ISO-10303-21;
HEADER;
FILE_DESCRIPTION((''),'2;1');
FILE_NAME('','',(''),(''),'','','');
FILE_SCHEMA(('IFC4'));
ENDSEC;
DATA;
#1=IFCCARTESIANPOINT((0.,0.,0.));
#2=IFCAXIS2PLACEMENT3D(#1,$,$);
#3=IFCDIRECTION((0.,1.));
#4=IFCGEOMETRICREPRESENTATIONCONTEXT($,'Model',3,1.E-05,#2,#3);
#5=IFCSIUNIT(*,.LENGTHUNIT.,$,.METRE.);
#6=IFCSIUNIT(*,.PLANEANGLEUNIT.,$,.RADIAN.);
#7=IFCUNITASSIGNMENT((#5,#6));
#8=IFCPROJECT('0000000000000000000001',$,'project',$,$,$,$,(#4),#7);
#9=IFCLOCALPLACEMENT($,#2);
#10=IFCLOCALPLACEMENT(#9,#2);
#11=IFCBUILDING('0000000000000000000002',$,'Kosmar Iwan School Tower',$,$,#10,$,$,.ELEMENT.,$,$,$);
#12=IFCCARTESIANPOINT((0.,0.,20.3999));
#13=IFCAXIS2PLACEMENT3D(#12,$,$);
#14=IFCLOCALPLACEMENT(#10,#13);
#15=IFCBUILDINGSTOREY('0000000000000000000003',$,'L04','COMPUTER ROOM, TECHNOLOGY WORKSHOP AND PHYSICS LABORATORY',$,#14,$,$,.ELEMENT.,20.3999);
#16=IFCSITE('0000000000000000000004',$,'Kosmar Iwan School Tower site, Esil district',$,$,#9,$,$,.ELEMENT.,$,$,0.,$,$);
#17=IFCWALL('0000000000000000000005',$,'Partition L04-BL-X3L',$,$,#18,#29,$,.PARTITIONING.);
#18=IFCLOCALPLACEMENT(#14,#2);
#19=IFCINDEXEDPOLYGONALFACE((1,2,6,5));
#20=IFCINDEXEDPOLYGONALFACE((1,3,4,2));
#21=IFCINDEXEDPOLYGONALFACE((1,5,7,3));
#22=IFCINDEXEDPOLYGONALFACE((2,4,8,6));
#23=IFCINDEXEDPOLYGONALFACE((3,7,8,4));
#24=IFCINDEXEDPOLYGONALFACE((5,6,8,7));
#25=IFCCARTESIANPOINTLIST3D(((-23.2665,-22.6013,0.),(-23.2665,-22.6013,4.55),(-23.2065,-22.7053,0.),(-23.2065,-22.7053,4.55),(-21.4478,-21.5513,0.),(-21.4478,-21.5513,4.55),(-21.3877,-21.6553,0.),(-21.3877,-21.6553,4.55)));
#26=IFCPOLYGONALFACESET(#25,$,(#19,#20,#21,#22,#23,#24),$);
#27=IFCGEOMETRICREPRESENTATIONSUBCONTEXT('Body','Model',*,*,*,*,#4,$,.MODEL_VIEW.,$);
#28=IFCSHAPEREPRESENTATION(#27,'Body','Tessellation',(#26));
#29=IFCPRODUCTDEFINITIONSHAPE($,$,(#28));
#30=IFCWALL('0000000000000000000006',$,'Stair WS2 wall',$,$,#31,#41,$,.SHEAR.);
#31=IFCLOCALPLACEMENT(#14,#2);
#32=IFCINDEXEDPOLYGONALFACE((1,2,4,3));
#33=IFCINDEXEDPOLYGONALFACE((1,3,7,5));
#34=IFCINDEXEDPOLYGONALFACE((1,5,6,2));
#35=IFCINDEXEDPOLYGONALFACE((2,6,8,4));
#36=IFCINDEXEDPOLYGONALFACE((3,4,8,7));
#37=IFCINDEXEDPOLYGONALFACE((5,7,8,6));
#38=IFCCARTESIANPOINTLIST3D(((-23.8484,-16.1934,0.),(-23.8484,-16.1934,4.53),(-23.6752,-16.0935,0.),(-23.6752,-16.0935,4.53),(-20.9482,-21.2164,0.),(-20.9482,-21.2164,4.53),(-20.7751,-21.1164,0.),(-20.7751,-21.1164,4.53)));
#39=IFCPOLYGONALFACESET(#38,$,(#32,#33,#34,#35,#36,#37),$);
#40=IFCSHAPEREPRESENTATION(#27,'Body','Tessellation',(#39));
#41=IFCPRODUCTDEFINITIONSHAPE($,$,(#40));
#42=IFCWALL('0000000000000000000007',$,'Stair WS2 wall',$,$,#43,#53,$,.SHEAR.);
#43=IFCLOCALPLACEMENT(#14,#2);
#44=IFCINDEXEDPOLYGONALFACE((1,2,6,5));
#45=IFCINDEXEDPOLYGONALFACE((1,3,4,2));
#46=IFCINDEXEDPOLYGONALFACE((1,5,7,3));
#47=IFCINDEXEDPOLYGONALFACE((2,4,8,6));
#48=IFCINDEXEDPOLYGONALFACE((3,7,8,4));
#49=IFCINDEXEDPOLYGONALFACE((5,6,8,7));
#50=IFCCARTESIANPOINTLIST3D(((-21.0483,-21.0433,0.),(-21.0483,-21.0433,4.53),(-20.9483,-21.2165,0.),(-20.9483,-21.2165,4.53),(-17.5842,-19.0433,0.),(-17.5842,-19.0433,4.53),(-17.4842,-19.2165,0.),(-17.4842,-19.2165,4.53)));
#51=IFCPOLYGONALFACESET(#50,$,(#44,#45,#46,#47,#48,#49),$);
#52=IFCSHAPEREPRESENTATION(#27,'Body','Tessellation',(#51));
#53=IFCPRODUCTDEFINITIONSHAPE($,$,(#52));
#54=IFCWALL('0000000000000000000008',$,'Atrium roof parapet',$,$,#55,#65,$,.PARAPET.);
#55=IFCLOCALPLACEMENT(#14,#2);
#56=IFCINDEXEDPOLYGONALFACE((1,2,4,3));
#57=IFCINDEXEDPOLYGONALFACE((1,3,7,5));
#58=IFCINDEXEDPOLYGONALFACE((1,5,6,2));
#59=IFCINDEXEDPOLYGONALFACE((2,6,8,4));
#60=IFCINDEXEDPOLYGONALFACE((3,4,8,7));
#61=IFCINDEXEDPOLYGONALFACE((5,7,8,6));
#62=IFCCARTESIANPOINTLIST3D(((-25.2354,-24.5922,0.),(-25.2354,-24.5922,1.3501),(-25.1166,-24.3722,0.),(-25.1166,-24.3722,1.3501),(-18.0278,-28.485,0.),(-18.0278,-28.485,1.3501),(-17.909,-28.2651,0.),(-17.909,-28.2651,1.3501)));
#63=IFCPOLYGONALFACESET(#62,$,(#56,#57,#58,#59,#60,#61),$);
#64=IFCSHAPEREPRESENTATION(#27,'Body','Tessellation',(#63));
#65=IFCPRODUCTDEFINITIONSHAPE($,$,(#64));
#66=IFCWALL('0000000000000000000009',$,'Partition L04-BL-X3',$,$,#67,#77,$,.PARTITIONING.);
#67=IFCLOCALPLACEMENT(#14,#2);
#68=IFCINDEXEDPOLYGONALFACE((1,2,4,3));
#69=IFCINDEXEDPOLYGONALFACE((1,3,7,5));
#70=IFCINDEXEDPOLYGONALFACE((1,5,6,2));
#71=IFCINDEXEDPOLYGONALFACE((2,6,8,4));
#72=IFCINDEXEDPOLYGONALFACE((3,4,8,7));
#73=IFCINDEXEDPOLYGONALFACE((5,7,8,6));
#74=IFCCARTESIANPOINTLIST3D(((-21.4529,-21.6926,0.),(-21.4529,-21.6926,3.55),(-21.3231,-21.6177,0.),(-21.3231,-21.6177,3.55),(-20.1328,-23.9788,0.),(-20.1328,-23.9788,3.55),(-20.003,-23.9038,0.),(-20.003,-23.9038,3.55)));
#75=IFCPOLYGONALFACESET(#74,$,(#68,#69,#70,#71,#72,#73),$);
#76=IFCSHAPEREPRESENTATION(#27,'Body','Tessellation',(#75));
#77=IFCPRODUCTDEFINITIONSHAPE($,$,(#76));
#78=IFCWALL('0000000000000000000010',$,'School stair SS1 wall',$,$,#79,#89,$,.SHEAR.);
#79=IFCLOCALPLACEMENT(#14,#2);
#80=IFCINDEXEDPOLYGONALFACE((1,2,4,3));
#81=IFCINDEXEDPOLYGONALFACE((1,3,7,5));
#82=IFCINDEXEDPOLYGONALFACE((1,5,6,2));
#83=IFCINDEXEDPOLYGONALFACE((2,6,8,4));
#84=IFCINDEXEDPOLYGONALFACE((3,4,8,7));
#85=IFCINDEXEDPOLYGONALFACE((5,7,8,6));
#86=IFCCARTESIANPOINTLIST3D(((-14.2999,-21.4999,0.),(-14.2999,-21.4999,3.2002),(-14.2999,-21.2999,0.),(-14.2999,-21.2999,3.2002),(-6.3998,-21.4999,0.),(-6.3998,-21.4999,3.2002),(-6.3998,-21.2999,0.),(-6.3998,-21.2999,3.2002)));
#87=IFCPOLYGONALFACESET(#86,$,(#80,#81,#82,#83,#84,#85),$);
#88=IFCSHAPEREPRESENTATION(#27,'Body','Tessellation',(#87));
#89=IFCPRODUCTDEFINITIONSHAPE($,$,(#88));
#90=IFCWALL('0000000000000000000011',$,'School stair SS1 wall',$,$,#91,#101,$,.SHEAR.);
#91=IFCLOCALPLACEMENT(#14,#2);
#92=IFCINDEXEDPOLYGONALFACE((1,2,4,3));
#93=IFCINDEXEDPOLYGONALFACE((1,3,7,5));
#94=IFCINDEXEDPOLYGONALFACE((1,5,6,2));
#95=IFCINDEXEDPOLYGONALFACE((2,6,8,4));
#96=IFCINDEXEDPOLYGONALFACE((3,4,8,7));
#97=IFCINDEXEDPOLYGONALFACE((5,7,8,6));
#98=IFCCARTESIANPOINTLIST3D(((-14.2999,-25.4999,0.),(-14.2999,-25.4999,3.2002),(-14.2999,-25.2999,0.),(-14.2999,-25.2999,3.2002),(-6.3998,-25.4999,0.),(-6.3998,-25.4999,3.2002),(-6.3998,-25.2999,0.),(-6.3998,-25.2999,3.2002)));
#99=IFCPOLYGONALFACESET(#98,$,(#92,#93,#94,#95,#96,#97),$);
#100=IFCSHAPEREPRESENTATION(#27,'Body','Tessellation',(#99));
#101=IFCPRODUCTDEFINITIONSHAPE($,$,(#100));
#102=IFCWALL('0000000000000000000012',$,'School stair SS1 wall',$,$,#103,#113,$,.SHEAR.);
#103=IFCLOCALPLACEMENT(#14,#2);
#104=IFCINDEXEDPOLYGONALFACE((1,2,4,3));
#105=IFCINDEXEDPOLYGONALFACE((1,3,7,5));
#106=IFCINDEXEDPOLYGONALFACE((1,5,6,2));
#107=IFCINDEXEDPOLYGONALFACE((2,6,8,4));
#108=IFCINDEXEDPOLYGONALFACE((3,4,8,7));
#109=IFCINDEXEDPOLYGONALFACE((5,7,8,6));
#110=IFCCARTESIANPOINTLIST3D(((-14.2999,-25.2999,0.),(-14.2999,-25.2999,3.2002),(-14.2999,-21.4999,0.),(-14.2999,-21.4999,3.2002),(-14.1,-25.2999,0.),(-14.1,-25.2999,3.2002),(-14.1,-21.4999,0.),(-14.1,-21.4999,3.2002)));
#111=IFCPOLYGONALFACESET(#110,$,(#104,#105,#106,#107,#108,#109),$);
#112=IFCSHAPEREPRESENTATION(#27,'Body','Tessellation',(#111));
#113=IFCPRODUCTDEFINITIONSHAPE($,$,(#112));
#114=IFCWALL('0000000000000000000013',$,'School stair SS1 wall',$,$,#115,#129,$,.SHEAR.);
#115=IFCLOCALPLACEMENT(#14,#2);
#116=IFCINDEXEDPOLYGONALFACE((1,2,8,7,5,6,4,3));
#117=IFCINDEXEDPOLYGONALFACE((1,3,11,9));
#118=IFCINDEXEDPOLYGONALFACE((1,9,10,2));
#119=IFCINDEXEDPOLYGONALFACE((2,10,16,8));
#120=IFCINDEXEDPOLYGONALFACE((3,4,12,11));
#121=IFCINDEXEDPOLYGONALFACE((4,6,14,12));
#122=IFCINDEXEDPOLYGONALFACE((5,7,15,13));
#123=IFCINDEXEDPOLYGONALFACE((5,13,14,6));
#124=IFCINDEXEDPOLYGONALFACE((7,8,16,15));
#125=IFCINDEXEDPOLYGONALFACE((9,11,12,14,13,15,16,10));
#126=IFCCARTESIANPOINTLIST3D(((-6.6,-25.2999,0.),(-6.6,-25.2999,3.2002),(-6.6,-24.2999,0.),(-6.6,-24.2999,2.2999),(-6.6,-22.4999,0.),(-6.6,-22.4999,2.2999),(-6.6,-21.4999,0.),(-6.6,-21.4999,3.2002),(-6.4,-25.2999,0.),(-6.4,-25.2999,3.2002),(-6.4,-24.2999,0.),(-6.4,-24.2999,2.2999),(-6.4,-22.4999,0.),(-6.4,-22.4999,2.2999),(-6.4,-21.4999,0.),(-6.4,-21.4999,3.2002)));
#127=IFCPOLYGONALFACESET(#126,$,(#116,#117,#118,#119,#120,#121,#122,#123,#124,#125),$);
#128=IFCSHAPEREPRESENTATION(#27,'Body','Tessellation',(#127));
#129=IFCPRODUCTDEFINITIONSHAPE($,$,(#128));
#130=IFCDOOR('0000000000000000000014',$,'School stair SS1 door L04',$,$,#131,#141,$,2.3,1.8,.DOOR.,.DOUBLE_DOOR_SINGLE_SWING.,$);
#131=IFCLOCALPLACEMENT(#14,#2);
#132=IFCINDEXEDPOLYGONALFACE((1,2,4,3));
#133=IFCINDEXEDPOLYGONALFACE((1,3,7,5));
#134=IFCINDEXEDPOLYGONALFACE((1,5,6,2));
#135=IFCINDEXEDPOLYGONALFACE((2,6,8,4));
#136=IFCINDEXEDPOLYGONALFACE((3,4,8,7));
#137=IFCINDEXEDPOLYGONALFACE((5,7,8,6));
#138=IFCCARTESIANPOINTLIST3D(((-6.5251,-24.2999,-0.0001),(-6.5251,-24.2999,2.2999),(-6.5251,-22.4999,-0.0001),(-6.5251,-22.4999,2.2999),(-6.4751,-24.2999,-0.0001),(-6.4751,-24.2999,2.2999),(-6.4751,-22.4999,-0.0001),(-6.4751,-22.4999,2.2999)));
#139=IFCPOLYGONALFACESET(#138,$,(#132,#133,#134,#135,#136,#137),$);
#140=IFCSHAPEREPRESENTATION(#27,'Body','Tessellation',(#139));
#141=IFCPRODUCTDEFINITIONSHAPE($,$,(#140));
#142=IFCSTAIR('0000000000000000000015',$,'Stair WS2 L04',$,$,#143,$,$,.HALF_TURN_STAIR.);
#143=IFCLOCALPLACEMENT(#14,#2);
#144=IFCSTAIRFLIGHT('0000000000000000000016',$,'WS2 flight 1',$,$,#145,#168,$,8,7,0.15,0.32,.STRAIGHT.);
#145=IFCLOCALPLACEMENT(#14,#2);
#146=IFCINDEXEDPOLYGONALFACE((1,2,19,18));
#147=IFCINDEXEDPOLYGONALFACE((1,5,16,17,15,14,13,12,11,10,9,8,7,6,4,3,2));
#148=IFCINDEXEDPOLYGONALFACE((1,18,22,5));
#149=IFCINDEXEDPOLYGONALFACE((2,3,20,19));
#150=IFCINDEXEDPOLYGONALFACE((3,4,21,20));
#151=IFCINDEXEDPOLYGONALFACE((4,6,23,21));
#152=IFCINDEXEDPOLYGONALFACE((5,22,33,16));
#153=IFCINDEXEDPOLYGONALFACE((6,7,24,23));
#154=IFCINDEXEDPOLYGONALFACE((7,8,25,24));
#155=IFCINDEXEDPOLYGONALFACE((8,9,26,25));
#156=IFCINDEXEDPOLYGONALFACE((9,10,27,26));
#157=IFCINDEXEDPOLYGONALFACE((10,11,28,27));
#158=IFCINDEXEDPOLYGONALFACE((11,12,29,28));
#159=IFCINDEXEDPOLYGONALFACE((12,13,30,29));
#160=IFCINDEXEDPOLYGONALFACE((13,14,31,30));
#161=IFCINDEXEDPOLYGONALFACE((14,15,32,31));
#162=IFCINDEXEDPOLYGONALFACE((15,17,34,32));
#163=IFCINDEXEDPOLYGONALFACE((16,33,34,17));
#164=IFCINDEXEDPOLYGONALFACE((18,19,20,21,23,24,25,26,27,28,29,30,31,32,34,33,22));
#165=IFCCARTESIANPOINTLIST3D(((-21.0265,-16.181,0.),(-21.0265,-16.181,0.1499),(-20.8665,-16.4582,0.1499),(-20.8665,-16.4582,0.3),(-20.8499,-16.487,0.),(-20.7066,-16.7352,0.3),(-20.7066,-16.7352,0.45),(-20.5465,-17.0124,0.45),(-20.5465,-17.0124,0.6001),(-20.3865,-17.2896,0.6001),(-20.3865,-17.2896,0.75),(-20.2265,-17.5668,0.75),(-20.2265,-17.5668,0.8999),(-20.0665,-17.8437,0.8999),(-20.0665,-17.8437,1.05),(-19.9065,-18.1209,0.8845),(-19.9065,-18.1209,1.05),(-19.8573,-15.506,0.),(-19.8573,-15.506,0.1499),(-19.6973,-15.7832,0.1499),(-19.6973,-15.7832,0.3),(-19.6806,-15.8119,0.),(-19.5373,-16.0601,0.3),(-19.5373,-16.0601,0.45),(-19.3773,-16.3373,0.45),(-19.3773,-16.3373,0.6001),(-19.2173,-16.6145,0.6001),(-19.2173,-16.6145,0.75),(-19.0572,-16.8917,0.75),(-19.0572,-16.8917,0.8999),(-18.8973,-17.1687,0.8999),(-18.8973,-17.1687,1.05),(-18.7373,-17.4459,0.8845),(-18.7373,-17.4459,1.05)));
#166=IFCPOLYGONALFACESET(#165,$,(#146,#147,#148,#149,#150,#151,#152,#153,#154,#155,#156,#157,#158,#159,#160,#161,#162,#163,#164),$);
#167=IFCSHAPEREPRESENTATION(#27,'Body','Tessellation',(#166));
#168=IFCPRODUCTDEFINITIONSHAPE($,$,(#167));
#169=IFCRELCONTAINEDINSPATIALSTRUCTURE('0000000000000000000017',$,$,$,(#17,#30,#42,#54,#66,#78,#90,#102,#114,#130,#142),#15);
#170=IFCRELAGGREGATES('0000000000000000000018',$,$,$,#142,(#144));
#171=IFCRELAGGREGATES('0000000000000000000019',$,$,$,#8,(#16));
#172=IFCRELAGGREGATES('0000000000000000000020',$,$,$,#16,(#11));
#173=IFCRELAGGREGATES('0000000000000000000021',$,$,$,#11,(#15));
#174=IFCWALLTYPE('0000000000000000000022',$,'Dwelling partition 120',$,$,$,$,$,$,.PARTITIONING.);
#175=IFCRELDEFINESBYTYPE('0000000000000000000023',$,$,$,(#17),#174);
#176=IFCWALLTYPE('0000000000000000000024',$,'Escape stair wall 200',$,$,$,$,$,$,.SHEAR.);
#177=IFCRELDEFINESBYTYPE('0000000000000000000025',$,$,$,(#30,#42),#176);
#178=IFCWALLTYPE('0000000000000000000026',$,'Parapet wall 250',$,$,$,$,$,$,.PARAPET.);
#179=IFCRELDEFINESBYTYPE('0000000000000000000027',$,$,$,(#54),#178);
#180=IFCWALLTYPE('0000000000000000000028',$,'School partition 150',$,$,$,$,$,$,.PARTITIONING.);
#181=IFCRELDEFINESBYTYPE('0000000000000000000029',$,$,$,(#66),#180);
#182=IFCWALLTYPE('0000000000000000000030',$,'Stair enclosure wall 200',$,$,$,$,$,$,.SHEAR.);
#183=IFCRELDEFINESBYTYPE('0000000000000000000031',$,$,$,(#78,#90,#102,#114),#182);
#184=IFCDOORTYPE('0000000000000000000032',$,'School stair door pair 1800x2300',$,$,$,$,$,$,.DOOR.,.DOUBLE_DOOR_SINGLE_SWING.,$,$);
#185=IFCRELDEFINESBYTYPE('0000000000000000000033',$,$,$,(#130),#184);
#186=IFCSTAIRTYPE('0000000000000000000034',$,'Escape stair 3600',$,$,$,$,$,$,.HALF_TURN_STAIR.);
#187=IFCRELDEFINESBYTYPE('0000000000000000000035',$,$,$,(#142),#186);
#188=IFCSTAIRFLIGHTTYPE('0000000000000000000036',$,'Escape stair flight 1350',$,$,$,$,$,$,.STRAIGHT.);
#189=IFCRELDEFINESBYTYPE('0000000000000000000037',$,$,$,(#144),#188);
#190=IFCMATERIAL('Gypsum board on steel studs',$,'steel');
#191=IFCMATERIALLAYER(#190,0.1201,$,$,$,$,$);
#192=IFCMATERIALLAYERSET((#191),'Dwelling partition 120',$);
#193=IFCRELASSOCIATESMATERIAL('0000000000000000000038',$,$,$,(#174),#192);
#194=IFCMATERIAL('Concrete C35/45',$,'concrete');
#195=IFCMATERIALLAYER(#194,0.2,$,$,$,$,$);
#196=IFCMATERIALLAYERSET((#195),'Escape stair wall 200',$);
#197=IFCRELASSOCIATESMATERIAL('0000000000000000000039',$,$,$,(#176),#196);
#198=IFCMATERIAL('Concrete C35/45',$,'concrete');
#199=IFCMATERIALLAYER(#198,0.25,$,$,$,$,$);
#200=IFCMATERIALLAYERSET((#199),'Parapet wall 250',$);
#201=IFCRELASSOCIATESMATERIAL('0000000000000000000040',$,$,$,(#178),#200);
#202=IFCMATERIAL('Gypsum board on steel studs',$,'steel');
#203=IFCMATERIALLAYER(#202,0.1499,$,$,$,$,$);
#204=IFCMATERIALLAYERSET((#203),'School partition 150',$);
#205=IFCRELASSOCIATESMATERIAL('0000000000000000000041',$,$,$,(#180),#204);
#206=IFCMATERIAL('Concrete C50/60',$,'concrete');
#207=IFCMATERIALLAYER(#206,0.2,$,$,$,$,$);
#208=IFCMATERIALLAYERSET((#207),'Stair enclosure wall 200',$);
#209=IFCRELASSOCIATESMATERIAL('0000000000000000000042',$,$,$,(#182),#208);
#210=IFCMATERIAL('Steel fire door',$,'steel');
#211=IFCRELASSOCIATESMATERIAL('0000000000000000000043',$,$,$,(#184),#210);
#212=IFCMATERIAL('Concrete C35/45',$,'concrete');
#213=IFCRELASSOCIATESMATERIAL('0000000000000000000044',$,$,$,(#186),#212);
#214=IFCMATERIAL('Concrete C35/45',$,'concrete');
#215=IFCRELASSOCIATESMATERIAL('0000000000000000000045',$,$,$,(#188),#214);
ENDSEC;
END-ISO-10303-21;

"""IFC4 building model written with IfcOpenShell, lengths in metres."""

from ifc_helpers import new_model, si_unit, direction, frame, frame_2d, origin, place, context, subcontext, project, spatial, polyline, rectangle, outline, extrude, material, layer, layer_set, type_object, element, fill, aggregate, save


model = new_model("IFC4")

# Units and contexts
model_context = context("Model", 3, precision=1e-05, world=origin(), true_north=direction((0.0, 1.0)))
body_context = subcontext(model_context, "Body", "Model", "MODEL_VIEW")
ifc_project = project(units=[si_unit("LENGTHUNIT", "METRE"), si_unit("PLANEANGLEUNIT", "RADIAN")], contexts=[model_context])

# Site, building, storey
site_placement = place(None, origin())
site = spatial("IfcSite", under=ifc_project, at=site_placement, Name="Kosmar Iwan School Tower site, Esil district", CompositionType="ELEMENT", RefElevation=0.0)
building_placement = place(site_placement, origin())
building = spatial("IfcBuilding", under=site, at=building_placement, Name="Kosmar Iwan School Tower", CompositionType="ELEMENT")
storey_placement = place(building_placement, frame((0.0, 0.0, 20.3999)))
storey = spatial("IfcBuildingStorey", under=building, at=storey_placement, Name="L04", Description="COMPUTER ROOM, TECHNOLOGY WORKSHOP AND PHYSICS LABORATORY", CompositionType="ELEMENT", Elevation=20.3999)

# Walls
ifc_material_1 = material(Name="Gypsum board on steel studs", Category="steel")
ifc_layer_1 = layer(ifc_material_1, 0.1201)
ifc_layer_set_1 = layer_set([ifc_layer_1], Name="Dwelling partition 120")
wall_type_1 = type_object("IfcWallType", Name="Dwelling partition 120", PredefinedType="PARTITIONING", material=ifc_layer_set_1)
wall_1_placement = place(storey_placement, frame((-21.4177, -21.6033, 0.0), z_axis=(0.0, 0.0, 1.0), x_axis=(-0.866038, -0.499977, 0.0)))
element("IfcWall", 1, at=wall_1_placement, inside=storey, type_object=wall_type_1, Name="Partition L04-BL-X3L", PredefinedType="PARTITIONING", context=body_context, shape_type="SweptSolid", body=[
    extrude(rectangle(XDim=2.1001, YDim=0.1201, at=frame_2d((1.05, 0.0))), origin(), (0.0, 0.0, 1.0), 4.55),
])
ifc_material_2 = material(Name="Concrete C35/45", Category="concrete")
ifc_layer_2 = layer(ifc_material_2, 0.2)
ifc_layer_set_2 = layer_set([ifc_layer_2], Name="Escape stair wall 200")
wall_type_2 = type_object("IfcWallType", Name="Escape stair wall 200", PredefinedType="SHEAR", material=ifc_layer_set_2)
wall_2_placement = place(storey_placement, frame((-23.7617, -16.1436, 0.0), z_axis=(0.0, 0.0, 1.0), x_axis=(0.500019, -0.866015, 0.0)))
element("IfcWall", 2, at=wall_2_placement, inside=storey, type_object=wall_type_2, Name="Stair WS2 wall", PredefinedType="SHEAR", context=body_context, shape_type="SweptSolid", body=[
    extrude(rectangle(XDim=5.8, YDim=0.2, at=frame_2d((2.8999, 0.0))), origin(), (0.0, 0.0, 1.0), 4.53),
])
wall_3_placement = place(storey_placement, frame((-17.5342, -19.1299, 0.0), z_axis=(0.0, 0.0, 1.0), x_axis=(-0.866026, -0.499999, 0.0)))
element("IfcWall", 3, at=wall_3_placement, inside=storey, type_object=wall_type_2, Name="Stair WS2 wall", PredefinedType="SHEAR", context=body_context, shape_type="SweptSolid", body=[
    extrude(rectangle(XDim=4.0, YDim=0.2, at=frame_2d((2.0, 0.0))), origin(), (0.0, 0.0, 1.0), 4.53),
])
ifc_material_3 = material(Name="Concrete C35/45", Category="concrete")
ifc_layer_3 = layer(ifc_material_3, 0.25)
ifc_layer_set_3 = layer_set([ifc_layer_3], Name="Parapet wall 250")
wall_type_3 = type_object("IfcWallType", Name="Parapet wall 250", PredefinedType="PARAPET", material=ifc_layer_set_3)
wall_4_placement = place(storey_placement, frame((-17.9685, -28.375, 0.0), z_axis=(0.0, 0.0, 1.0), x_axis=(-0.879867, 0.475221, 0.0)))
element("IfcWall", 4, at=wall_4_placement, inside=storey, type_object=wall_type_3, Name="Atrium roof parapet", PredefinedType="PARAPET", context=body_context, shape_type="SweptSolid", body=[
    extrude(rectangle(XDim=8.1917, YDim=0.25, at=frame_2d((4.0957, 0.0))), origin(), (0.0, 0.0, 1.0), 1.3501),
])
ifc_material_4 = material(Name="Gypsum board on steel studs", Category="steel")
ifc_layer_4 = layer(ifc_material_4, 0.1499)
ifc_layer_set_4 = layer_set([ifc_layer_4], Name="School partition 150")
wall_type_4 = type_object("IfcWallType", Name="School partition 150", PredefinedType="PARTITIONING", material=ifc_layer_set_4)
wall_5_placement = place(storey_placement, frame((-21.3879, -21.6553, 0.0), z_axis=(0.0, 0.0, 1.0), x_axis=(0.500048, -0.865998, 0.0)))
element("IfcWall", 5, at=wall_5_placement, inside=storey, type_object=wall_type_4, Name="Partition L04-BL-X3", PredefinedType="PARTITIONING", context=body_context, shape_type="SweptSolid", body=[
    extrude(rectangle(XDim=2.6399, YDim=0.1499, at=frame_2d((1.3198, 0.0))), origin(), (0.0, 0.0, 1.0), 3.55),
])
ifc_material_5 = material(Name="Concrete C50/60", Category="concrete")
ifc_layer_5 = layer(ifc_material_5, 0.2)
ifc_layer_set_5 = layer_set([ifc_layer_5], Name="Stair enclosure wall 200")
wall_type_5 = type_object("IfcWallType", Name="Stair enclosure wall 200", PredefinedType="SHEAR", material=ifc_layer_set_5)
for number, where, z_axis, x_axis, name in (
    (6, (-14.3, -21.3999, 0.0), (0.0, 0.0, 1.0), (1.0, 0.0, 0.0), "School stair SS1 wall"),
    (7, (-14.3, -25.3999, 0.0), (0.0, 0.0, 1.0), (1.0, 0.0, 0.0), "School stair SS1 wall"),
):
    element("IfcWall", number, at=place(storey_placement, frame(where, z_axis=z_axis, x_axis=x_axis)), inside=storey, type_object=wall_type_5, Name=name, PredefinedType="SHEAR", context=body_context, shape_type="SweptSolid", body=[
        extrude(rectangle(XDim=7.9001, YDim=0.2, at=frame_2d((3.9502, 0.0))), origin(), (0.0, 0.0, 1.0), 3.2002),
    ])
wall_6_placement = place(storey_placement, frame((-14.2, -21.5, 0.0), z_axis=(0.0, 0.0, 1.0), x_axis=(0.0, -1.0, 0.0)))
element("IfcWall", 8, at=wall_6_placement, inside=storey, type_object=wall_type_5, Name="School stair SS1 wall", PredefinedType="SHEAR", context=body_context, shape_type="SweptSolid", body=[
    extrude(rectangle(XDim=3.8, YDim=0.2, at=frame_2d((1.8999, 0.0))), origin(), (0.0, 0.0, 1.0), 3.2002),
])

# Wall, opening, door
wall_7_placement = place(storey_placement, frame((-6.5, -21.5, 0.0), z_axis=(0.0, 0.0, 1.0), x_axis=(0.0, -1.0, 0.0)))
wall_7 = element("IfcWall", 9, at=wall_7_placement, inside=storey, type_object=wall_type_5, Name="School stair SS1 wall", PredefinedType="SHEAR", context=body_context, shape_type="SweptSolid", body=[
    extrude(rectangle(XDim=3.8, YDim=0.2, at=frame_2d((1.8999, 0.0))), origin(), (0.0, 0.0, 1.0), 3.2002),
])
opening_placement = place(wall_7_placement, frame((1.0, 0.0, 0.0)))
opening = element("IfcOpeningElement", 10, at=opening_placement, cuts=wall_7, PredefinedType="OPENING", context=body_context, shape_type="SweptSolid", body=[
    extrude(rectangle(XDim=1.8, YDim=2.3, at=frame_2d((0.8999, 1.1499))), frame((0.0, 0.1121, 0.0), z_axis=(0.0, -1.0, 0.0), x_axis=(1.0, 0.0, 0.0)), (0.0, 0.0, 1.0), 0.2239),
])
ifc_material_6 = material(Name="Steel fire door", Category="steel")
door_type = type_object("IfcDoorType", Name="School stair door pair 1800x2300", OperationType="DOUBLE_DOOR_SINGLE_SWING", PredefinedType="DOOR", material=ifc_material_6)
door_placement = place(opening_placement, origin())
door = element("IfcDoor", 11, at=door_placement, inside=storey, type_object=door_type, Name="School stair SS1 door L04", OperationType="DOUBLE_DOOR_SINGLE_SWING", OverallHeight=2.3, OverallWidth=1.8, PredefinedType="DOOR", context=body_context, shape_type="SweptSolid", body=[
    extrude(rectangle(XDim=1.8, YDim=2.3, at=frame_2d((0.8999, 1.1499))), frame((0.0, 0.0249, 0.0), z_axis=(0.0, -1.0, 0.0), x_axis=(1.0, 0.0, 0.0)), (0.0, 0.0, 1.0), 0.05),
])
fill(opening, door)

# Stair, stair flight
ifc_material_7 = material(Name="Concrete C35/45", Category="concrete")
stair_type = type_object("IfcStairType", Name="Escape stair 3600", PredefinedType="HALF_TURN_STAIR", material=ifc_material_7)
stair_placement = place(storey_placement, origin())
stair = element("IfcStair", 12, at=stair_placement, inside=storey, type_object=stair_type, Name="Stair WS2 L04", PredefinedType="HALF_TURN_STAIR")
ifc_material_8 = material(Name="Concrete C35/45", Category="concrete")
stair_flight_type = type_object("IfcStairFlightType", Name="Escape stair flight 1350", PredefinedType="STRAIGHT", material=ifc_material_8)
stair_flight_1_placement = place(storey_placement, frame((-20.4419, -15.8435, 0.0), z_axis=(0.0, 0.0, 1.0), x_axis=(0.5, -0.866025, 0.0)))
stair_flight_1 = element("IfcStairFlight", 13, at=stair_flight_1_placement, type_object=stair_flight_type, Name="WS2 flight 1", NumberOfRisers=8, NumberOfTreads=7, PredefinedType="STRAIGHT", RiserHeight=0.15, TreadLength=0.32, context=body_context, shape_type="SweptSolid", body=[
    extrude(outline(polyline([(0.0, 0.0), (0.0, 0.1499), (0.3201, 0.1499), (0.3201, 0.3), (0.6399, 0.3), (0.6399, 0.45), (0.96, 0.45), (0.96, 0.6001), (1.28, 0.6001), (1.28, 0.75), (1.6001, 0.75), (1.6001, 0.8999), (1.9199, 0.8999), (1.9199, 1.05), (2.24, 1.05), (2.24, 1.2), (2.24, 0.8845), (0.3533, 0.0), (0.0, 0.0)])), frame((0.0, 0.675, 0.0), z_axis=(0.0, -1.0, 0.0), x_axis=(1.0, 0.0, 0.0)), (0.0, 0.0, 1.0), 1.3501),
])
aggregate(stair, [stair_flight_1])

save(model, "model.ifc")
